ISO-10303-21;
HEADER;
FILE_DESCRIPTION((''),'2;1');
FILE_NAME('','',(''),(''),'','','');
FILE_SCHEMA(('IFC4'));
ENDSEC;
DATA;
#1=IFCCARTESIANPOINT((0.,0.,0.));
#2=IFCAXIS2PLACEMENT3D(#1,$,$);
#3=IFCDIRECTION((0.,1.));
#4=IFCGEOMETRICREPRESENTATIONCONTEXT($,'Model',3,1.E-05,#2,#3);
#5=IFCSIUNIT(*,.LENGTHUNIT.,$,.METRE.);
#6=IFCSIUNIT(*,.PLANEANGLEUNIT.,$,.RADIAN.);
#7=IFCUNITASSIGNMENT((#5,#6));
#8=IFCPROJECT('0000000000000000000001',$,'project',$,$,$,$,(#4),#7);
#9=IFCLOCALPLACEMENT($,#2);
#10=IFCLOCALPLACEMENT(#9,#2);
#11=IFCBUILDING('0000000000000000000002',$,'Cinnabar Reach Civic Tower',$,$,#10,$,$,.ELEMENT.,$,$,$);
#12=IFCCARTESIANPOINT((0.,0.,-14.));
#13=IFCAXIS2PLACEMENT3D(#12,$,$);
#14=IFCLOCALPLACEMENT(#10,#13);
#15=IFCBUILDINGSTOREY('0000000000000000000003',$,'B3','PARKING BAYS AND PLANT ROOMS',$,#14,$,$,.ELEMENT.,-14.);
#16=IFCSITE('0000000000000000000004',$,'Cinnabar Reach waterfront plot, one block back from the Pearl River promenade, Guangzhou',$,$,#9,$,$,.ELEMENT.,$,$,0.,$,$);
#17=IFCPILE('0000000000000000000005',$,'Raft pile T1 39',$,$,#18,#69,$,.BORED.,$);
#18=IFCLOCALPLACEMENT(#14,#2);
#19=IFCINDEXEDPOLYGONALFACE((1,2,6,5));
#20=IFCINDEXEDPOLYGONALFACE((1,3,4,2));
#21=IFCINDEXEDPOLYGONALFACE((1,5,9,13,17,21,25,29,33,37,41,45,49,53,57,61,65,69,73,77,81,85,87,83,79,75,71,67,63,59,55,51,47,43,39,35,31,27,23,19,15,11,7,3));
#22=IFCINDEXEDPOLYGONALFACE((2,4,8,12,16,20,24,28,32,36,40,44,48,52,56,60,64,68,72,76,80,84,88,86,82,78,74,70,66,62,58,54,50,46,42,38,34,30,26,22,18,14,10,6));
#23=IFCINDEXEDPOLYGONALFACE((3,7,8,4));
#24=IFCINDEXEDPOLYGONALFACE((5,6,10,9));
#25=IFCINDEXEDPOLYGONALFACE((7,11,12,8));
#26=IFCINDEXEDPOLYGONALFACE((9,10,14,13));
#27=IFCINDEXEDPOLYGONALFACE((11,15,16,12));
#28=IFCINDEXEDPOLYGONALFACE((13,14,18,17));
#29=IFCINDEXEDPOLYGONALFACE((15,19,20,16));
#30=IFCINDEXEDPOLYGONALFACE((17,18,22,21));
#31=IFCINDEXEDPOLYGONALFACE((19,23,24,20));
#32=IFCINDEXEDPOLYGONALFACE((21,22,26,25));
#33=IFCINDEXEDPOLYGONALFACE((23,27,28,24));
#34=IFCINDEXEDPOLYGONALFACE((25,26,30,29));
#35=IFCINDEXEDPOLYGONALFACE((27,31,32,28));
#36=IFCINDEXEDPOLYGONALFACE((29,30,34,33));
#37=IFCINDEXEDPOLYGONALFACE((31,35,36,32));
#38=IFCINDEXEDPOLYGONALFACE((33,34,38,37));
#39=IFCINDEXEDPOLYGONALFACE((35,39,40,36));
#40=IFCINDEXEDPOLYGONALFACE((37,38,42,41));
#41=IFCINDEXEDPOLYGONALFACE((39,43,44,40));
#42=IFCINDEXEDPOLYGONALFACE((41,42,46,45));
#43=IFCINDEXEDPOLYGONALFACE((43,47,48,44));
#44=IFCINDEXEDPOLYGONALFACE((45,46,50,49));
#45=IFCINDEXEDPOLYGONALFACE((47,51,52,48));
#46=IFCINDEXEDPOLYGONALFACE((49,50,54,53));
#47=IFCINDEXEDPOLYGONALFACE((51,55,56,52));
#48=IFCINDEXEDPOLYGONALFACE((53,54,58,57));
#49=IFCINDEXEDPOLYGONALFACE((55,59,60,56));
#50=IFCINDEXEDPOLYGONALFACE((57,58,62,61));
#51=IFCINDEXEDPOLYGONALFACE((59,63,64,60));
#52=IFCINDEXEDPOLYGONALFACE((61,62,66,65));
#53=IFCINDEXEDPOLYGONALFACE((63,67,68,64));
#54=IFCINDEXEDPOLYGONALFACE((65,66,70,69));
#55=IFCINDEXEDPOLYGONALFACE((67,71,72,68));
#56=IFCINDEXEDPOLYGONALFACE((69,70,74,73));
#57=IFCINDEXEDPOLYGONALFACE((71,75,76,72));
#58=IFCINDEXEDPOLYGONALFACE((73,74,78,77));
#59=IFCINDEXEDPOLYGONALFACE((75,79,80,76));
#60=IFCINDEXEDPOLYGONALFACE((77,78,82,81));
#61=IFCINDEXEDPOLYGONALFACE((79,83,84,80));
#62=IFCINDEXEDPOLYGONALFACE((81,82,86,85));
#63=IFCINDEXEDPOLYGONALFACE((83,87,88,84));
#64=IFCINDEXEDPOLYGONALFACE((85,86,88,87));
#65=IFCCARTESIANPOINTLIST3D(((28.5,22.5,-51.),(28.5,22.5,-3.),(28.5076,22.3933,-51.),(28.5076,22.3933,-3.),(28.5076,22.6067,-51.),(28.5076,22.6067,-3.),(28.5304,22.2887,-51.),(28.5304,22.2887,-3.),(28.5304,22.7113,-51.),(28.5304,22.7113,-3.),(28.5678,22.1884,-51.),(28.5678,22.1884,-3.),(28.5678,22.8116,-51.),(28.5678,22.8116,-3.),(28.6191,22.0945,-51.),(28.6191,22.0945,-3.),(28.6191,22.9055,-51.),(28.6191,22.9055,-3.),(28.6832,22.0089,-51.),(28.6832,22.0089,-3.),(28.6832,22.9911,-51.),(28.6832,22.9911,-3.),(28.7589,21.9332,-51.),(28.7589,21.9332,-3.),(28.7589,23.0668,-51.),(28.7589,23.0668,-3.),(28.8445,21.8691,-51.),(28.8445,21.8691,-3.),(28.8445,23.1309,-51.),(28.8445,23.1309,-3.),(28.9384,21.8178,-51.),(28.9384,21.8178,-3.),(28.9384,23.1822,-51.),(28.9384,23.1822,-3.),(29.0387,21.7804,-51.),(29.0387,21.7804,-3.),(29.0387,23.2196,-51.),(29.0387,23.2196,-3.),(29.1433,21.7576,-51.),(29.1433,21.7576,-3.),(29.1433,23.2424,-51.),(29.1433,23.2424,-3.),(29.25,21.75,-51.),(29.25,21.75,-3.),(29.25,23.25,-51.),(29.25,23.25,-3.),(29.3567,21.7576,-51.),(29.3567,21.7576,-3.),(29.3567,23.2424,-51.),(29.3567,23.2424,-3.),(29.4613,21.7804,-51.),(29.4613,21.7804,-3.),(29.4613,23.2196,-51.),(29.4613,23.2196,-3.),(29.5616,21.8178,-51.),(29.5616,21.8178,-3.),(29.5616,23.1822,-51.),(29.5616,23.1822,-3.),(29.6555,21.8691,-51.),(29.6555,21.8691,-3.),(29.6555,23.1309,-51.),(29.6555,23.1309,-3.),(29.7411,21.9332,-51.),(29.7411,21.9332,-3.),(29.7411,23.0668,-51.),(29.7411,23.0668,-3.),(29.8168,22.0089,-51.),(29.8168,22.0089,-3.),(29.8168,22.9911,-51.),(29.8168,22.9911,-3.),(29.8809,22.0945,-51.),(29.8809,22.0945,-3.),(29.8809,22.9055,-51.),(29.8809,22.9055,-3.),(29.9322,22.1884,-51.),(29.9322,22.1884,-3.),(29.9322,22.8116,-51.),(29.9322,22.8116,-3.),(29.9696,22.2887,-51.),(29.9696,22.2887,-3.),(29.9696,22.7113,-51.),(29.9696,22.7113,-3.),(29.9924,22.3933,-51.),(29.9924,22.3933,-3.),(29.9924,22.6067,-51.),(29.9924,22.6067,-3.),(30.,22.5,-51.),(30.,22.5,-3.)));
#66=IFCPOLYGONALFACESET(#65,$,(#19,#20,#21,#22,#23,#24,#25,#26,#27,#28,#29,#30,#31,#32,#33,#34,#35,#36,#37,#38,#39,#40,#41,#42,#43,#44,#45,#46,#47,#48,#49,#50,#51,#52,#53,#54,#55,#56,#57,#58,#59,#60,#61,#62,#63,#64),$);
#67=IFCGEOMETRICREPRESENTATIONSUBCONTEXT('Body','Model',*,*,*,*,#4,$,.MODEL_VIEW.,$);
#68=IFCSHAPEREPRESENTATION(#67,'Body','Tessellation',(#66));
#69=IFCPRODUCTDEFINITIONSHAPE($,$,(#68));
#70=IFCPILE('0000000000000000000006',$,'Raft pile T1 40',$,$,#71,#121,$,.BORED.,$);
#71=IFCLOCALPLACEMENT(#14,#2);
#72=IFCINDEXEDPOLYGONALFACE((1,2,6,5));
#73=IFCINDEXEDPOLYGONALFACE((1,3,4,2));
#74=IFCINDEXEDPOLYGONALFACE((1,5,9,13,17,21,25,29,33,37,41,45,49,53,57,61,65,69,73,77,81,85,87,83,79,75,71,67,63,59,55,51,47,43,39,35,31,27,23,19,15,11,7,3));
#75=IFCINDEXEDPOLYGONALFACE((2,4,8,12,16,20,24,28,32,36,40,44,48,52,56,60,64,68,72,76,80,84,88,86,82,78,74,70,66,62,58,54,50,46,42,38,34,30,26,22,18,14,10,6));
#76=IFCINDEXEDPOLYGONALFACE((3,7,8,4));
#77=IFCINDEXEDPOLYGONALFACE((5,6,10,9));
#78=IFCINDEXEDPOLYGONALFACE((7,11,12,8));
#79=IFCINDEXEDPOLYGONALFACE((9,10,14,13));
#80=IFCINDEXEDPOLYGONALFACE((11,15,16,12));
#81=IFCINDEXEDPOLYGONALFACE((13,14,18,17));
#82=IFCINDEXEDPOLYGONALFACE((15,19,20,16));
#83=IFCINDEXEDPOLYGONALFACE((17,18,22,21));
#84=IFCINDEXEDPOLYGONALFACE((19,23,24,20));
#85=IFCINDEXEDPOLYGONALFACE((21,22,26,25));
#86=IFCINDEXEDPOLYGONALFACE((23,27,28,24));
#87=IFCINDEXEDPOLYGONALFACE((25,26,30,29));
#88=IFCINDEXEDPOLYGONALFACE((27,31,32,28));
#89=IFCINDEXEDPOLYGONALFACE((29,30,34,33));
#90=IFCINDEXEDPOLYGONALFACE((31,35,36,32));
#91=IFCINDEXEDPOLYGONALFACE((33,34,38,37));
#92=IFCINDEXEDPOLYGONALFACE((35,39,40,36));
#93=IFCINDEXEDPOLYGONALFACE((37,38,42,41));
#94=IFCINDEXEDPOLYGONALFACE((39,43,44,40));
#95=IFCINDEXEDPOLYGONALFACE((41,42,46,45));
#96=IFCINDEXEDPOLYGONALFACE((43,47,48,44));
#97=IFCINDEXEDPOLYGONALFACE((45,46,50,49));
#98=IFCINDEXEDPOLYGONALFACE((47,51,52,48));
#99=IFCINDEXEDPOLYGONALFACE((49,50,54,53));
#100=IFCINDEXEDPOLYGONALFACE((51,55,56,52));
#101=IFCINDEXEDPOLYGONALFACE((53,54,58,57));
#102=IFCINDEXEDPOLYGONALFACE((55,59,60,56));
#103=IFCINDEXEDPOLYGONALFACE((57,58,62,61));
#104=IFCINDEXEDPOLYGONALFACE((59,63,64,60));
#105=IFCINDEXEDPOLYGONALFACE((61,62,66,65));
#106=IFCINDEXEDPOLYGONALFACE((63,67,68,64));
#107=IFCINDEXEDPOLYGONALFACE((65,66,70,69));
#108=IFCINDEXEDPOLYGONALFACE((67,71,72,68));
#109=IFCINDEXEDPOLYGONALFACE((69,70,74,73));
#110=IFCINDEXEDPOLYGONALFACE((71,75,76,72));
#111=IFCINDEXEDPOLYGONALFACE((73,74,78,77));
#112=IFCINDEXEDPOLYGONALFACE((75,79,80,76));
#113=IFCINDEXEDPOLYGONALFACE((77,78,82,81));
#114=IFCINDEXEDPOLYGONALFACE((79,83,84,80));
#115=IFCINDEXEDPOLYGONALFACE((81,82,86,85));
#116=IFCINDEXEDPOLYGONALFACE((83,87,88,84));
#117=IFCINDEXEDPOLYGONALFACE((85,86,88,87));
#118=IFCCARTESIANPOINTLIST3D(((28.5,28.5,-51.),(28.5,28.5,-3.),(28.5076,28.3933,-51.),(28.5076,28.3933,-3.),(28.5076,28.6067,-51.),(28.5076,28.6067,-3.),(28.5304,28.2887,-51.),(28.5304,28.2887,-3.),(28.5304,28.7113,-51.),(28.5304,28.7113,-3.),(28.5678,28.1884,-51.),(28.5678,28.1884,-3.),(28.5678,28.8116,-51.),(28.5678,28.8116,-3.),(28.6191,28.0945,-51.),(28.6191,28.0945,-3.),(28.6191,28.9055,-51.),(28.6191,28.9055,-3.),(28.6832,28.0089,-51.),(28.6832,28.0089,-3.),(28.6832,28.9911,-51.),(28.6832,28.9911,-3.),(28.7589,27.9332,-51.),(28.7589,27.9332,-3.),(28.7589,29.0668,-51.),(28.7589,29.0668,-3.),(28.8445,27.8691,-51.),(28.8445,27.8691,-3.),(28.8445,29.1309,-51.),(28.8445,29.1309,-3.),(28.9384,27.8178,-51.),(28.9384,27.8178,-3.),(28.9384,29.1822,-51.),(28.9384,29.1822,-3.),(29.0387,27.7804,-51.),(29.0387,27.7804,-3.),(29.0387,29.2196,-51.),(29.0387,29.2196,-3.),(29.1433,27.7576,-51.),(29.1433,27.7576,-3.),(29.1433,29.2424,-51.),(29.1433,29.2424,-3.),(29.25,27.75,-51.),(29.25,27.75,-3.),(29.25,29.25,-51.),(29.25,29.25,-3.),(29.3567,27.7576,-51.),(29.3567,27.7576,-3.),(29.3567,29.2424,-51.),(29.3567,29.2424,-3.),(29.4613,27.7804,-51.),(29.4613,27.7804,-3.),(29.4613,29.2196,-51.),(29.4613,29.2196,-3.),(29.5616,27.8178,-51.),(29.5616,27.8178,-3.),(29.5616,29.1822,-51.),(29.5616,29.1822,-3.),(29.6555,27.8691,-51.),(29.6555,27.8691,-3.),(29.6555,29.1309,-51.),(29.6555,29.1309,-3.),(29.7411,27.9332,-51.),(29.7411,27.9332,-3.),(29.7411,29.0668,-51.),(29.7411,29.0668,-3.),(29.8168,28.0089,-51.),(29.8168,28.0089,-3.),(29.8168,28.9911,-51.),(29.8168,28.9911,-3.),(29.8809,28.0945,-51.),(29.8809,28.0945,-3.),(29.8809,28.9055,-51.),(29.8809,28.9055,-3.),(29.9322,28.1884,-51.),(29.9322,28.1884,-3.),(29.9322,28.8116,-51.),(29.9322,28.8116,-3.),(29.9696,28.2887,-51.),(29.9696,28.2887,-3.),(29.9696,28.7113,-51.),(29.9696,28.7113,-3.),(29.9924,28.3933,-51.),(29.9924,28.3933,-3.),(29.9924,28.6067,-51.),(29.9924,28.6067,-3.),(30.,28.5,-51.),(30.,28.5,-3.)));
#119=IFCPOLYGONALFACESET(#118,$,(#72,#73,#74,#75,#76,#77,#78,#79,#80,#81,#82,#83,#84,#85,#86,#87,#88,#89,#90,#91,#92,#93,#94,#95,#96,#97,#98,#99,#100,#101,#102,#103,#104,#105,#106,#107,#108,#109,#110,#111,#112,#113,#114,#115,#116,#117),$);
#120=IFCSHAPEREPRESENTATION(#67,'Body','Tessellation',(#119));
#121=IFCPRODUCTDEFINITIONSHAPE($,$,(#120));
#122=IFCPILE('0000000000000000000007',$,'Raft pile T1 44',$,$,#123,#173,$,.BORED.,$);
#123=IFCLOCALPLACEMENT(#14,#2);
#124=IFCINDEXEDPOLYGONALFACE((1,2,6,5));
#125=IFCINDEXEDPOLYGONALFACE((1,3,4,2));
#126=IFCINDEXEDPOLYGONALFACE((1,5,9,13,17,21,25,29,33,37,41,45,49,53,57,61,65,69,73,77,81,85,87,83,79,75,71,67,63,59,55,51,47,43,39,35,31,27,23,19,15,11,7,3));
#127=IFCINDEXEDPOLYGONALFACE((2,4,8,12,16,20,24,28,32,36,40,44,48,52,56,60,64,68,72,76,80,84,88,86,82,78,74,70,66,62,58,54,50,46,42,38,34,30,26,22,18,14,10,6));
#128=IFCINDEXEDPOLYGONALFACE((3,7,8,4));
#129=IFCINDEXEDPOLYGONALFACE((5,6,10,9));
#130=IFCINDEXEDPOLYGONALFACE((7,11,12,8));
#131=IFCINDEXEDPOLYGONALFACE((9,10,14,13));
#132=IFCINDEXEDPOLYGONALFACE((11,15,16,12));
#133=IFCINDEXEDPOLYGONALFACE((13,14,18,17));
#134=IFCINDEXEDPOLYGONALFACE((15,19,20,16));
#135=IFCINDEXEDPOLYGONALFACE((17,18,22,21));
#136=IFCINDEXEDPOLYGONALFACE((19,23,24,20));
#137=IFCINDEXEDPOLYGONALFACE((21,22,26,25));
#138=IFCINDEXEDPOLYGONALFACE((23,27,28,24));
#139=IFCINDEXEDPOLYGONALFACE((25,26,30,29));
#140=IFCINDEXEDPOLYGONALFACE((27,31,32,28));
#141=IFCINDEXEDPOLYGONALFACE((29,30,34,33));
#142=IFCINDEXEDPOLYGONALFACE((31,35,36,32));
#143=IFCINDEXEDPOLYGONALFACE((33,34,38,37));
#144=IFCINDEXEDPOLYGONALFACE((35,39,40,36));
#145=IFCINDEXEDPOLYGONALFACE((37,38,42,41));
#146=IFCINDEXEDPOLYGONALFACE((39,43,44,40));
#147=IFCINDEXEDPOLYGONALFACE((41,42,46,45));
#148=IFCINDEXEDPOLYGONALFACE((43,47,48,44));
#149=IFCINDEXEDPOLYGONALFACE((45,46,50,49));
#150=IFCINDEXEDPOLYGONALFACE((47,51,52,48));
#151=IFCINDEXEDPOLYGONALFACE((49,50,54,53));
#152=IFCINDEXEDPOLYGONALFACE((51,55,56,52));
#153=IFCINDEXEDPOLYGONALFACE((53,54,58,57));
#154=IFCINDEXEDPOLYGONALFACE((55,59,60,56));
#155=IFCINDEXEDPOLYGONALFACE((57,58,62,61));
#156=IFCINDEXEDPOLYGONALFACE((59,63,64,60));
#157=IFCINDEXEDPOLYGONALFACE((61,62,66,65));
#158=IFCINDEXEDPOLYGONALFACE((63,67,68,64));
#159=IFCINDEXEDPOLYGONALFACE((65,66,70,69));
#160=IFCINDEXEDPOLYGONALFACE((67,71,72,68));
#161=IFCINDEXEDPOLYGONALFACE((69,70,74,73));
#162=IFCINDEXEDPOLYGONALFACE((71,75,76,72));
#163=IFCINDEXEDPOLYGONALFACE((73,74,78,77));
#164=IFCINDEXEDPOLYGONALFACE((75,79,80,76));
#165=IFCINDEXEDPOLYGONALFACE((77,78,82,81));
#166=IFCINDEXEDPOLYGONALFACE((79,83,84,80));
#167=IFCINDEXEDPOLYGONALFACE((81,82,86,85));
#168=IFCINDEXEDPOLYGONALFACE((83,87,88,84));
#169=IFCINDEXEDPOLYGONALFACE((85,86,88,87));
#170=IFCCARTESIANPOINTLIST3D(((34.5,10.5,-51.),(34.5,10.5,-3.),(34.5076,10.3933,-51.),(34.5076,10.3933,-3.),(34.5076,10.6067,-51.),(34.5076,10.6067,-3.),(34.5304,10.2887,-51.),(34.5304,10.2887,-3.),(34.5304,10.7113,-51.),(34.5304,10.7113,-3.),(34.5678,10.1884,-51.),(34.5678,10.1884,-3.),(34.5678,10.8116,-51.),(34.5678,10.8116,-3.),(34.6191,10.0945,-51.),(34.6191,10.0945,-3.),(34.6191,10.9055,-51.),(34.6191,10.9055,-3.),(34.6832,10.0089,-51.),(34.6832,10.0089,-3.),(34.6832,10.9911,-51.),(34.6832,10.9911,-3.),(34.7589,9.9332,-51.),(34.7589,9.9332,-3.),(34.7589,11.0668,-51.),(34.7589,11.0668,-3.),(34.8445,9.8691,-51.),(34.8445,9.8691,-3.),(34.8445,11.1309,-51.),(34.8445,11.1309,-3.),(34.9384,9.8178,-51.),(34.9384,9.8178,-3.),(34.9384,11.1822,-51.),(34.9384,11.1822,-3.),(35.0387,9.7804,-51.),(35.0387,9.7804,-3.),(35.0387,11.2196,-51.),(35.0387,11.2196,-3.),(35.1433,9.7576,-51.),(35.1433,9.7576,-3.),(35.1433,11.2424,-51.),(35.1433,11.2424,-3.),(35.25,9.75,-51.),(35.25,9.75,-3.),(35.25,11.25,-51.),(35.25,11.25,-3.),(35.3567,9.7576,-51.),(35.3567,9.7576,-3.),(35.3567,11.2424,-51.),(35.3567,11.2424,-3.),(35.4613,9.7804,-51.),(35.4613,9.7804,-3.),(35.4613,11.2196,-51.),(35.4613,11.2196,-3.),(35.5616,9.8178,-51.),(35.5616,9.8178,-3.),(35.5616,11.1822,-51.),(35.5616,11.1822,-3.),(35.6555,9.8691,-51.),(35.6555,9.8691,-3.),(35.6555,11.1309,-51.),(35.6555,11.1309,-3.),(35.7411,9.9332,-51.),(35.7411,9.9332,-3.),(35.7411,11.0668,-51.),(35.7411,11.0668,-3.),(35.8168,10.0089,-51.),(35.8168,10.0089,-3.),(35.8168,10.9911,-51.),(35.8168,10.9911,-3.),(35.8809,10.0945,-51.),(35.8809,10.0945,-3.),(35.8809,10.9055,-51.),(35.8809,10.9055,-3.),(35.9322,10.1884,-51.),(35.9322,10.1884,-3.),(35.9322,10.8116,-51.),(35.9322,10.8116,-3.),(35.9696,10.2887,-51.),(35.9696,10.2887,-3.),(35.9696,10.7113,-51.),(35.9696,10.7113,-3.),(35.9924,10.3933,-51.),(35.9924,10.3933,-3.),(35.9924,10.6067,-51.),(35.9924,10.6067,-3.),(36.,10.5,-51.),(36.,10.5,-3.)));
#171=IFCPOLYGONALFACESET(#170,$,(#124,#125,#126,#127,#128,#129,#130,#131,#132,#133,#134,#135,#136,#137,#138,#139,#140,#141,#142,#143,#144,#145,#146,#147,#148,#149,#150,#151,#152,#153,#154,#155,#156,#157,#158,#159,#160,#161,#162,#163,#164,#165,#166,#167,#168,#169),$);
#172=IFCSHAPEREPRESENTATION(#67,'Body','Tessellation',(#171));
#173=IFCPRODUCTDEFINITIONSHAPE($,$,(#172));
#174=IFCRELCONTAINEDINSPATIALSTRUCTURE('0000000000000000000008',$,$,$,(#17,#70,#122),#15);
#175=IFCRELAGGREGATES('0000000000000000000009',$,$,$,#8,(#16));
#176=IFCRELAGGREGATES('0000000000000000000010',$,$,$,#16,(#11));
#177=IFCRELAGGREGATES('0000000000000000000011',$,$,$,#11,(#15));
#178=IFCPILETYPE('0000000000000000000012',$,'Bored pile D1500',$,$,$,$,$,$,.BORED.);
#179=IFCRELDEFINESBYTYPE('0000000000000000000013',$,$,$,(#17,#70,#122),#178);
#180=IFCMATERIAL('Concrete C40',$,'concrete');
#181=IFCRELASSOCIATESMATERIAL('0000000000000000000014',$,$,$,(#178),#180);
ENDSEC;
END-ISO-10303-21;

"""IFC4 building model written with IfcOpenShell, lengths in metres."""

from ifc_helpers import new_model, si_unit, direction, frame, origin, origin_2d, place, context, subcontext, project, spatial, circle, extrude, material, type_object, element, save


model = new_model("IFC4")

# Units and contexts
model_context = context("Model", 3, precision=1e-05, world=origin(), true_north=direction((0.0, 1.0)))
body_context = subcontext(model_context, "Body", "Model", "MODEL_VIEW")
ifc_project = project(units=[si_unit("LENGTHUNIT", "METRE"), si_unit("PLANEANGLEUNIT", "RADIAN")], contexts=[model_context])

# Site, building, storey
site_placement = place(None, origin())
site = spatial("IfcSite", under=ifc_project, at=site_placement, Name="Cinnabar Reach waterfront plot, one block back from the Pearl River promenade, Guangzhou", CompositionType="ELEMENT", RefElevation=0.0)
building_placement = place(site_placement, origin())
building = spatial("IfcBuilding", under=site, at=building_placement, Name="Cinnabar Reach Civic Tower", CompositionType="ELEMENT")
storey_placement = place(building_placement, frame((0.0, 0.0, -14.0)))
storey = spatial("IfcBuildingStorey", under=building, at=storey_placement, Name="B3", Description="PARKING BAYS AND PLANT ROOMS", CompositionType="ELEMENT", Elevation=-14.0)

# Piles
ifc_material_1 = material(Name="Concrete C40", Category="concrete")
pile_type = type_object("IfcPileType", Name="Bored pile D1500", PredefinedType="BORED", material=ifc_material_1)
for number, where, z_axis, x_axis, name in (
    (1, (29.25, 22.5, -3.0), (0.0, 0.0, -1.0), (1.0, 0.0, 0.0), "Raft pile T1 39"),
    (2, (29.25, 28.5, -3.0), (0.0, 0.0, -1.0), (1.0, 0.0, 0.0), "Raft pile T1 40"),
    (3, (35.25, 10.5, -3.0), (0.0, 0.0, -1.0), (1.0, 0.0, 0.0), "Raft pile T1 44"),
):
    element("IfcPile", number, at=place(storey_placement, frame(where, z_axis=z_axis, x_axis=x_axis)), inside=storey, type_object=pile_type, Name=name, PredefinedType="BORED", context=body_context, shape_type="SweptSolid", body=[
        extrude(circle(Radius=0.75, at=origin_2d()), origin(), (0.0, 0.0, 1.0), 48.0),
    ])

save(model, "model.ifc")
